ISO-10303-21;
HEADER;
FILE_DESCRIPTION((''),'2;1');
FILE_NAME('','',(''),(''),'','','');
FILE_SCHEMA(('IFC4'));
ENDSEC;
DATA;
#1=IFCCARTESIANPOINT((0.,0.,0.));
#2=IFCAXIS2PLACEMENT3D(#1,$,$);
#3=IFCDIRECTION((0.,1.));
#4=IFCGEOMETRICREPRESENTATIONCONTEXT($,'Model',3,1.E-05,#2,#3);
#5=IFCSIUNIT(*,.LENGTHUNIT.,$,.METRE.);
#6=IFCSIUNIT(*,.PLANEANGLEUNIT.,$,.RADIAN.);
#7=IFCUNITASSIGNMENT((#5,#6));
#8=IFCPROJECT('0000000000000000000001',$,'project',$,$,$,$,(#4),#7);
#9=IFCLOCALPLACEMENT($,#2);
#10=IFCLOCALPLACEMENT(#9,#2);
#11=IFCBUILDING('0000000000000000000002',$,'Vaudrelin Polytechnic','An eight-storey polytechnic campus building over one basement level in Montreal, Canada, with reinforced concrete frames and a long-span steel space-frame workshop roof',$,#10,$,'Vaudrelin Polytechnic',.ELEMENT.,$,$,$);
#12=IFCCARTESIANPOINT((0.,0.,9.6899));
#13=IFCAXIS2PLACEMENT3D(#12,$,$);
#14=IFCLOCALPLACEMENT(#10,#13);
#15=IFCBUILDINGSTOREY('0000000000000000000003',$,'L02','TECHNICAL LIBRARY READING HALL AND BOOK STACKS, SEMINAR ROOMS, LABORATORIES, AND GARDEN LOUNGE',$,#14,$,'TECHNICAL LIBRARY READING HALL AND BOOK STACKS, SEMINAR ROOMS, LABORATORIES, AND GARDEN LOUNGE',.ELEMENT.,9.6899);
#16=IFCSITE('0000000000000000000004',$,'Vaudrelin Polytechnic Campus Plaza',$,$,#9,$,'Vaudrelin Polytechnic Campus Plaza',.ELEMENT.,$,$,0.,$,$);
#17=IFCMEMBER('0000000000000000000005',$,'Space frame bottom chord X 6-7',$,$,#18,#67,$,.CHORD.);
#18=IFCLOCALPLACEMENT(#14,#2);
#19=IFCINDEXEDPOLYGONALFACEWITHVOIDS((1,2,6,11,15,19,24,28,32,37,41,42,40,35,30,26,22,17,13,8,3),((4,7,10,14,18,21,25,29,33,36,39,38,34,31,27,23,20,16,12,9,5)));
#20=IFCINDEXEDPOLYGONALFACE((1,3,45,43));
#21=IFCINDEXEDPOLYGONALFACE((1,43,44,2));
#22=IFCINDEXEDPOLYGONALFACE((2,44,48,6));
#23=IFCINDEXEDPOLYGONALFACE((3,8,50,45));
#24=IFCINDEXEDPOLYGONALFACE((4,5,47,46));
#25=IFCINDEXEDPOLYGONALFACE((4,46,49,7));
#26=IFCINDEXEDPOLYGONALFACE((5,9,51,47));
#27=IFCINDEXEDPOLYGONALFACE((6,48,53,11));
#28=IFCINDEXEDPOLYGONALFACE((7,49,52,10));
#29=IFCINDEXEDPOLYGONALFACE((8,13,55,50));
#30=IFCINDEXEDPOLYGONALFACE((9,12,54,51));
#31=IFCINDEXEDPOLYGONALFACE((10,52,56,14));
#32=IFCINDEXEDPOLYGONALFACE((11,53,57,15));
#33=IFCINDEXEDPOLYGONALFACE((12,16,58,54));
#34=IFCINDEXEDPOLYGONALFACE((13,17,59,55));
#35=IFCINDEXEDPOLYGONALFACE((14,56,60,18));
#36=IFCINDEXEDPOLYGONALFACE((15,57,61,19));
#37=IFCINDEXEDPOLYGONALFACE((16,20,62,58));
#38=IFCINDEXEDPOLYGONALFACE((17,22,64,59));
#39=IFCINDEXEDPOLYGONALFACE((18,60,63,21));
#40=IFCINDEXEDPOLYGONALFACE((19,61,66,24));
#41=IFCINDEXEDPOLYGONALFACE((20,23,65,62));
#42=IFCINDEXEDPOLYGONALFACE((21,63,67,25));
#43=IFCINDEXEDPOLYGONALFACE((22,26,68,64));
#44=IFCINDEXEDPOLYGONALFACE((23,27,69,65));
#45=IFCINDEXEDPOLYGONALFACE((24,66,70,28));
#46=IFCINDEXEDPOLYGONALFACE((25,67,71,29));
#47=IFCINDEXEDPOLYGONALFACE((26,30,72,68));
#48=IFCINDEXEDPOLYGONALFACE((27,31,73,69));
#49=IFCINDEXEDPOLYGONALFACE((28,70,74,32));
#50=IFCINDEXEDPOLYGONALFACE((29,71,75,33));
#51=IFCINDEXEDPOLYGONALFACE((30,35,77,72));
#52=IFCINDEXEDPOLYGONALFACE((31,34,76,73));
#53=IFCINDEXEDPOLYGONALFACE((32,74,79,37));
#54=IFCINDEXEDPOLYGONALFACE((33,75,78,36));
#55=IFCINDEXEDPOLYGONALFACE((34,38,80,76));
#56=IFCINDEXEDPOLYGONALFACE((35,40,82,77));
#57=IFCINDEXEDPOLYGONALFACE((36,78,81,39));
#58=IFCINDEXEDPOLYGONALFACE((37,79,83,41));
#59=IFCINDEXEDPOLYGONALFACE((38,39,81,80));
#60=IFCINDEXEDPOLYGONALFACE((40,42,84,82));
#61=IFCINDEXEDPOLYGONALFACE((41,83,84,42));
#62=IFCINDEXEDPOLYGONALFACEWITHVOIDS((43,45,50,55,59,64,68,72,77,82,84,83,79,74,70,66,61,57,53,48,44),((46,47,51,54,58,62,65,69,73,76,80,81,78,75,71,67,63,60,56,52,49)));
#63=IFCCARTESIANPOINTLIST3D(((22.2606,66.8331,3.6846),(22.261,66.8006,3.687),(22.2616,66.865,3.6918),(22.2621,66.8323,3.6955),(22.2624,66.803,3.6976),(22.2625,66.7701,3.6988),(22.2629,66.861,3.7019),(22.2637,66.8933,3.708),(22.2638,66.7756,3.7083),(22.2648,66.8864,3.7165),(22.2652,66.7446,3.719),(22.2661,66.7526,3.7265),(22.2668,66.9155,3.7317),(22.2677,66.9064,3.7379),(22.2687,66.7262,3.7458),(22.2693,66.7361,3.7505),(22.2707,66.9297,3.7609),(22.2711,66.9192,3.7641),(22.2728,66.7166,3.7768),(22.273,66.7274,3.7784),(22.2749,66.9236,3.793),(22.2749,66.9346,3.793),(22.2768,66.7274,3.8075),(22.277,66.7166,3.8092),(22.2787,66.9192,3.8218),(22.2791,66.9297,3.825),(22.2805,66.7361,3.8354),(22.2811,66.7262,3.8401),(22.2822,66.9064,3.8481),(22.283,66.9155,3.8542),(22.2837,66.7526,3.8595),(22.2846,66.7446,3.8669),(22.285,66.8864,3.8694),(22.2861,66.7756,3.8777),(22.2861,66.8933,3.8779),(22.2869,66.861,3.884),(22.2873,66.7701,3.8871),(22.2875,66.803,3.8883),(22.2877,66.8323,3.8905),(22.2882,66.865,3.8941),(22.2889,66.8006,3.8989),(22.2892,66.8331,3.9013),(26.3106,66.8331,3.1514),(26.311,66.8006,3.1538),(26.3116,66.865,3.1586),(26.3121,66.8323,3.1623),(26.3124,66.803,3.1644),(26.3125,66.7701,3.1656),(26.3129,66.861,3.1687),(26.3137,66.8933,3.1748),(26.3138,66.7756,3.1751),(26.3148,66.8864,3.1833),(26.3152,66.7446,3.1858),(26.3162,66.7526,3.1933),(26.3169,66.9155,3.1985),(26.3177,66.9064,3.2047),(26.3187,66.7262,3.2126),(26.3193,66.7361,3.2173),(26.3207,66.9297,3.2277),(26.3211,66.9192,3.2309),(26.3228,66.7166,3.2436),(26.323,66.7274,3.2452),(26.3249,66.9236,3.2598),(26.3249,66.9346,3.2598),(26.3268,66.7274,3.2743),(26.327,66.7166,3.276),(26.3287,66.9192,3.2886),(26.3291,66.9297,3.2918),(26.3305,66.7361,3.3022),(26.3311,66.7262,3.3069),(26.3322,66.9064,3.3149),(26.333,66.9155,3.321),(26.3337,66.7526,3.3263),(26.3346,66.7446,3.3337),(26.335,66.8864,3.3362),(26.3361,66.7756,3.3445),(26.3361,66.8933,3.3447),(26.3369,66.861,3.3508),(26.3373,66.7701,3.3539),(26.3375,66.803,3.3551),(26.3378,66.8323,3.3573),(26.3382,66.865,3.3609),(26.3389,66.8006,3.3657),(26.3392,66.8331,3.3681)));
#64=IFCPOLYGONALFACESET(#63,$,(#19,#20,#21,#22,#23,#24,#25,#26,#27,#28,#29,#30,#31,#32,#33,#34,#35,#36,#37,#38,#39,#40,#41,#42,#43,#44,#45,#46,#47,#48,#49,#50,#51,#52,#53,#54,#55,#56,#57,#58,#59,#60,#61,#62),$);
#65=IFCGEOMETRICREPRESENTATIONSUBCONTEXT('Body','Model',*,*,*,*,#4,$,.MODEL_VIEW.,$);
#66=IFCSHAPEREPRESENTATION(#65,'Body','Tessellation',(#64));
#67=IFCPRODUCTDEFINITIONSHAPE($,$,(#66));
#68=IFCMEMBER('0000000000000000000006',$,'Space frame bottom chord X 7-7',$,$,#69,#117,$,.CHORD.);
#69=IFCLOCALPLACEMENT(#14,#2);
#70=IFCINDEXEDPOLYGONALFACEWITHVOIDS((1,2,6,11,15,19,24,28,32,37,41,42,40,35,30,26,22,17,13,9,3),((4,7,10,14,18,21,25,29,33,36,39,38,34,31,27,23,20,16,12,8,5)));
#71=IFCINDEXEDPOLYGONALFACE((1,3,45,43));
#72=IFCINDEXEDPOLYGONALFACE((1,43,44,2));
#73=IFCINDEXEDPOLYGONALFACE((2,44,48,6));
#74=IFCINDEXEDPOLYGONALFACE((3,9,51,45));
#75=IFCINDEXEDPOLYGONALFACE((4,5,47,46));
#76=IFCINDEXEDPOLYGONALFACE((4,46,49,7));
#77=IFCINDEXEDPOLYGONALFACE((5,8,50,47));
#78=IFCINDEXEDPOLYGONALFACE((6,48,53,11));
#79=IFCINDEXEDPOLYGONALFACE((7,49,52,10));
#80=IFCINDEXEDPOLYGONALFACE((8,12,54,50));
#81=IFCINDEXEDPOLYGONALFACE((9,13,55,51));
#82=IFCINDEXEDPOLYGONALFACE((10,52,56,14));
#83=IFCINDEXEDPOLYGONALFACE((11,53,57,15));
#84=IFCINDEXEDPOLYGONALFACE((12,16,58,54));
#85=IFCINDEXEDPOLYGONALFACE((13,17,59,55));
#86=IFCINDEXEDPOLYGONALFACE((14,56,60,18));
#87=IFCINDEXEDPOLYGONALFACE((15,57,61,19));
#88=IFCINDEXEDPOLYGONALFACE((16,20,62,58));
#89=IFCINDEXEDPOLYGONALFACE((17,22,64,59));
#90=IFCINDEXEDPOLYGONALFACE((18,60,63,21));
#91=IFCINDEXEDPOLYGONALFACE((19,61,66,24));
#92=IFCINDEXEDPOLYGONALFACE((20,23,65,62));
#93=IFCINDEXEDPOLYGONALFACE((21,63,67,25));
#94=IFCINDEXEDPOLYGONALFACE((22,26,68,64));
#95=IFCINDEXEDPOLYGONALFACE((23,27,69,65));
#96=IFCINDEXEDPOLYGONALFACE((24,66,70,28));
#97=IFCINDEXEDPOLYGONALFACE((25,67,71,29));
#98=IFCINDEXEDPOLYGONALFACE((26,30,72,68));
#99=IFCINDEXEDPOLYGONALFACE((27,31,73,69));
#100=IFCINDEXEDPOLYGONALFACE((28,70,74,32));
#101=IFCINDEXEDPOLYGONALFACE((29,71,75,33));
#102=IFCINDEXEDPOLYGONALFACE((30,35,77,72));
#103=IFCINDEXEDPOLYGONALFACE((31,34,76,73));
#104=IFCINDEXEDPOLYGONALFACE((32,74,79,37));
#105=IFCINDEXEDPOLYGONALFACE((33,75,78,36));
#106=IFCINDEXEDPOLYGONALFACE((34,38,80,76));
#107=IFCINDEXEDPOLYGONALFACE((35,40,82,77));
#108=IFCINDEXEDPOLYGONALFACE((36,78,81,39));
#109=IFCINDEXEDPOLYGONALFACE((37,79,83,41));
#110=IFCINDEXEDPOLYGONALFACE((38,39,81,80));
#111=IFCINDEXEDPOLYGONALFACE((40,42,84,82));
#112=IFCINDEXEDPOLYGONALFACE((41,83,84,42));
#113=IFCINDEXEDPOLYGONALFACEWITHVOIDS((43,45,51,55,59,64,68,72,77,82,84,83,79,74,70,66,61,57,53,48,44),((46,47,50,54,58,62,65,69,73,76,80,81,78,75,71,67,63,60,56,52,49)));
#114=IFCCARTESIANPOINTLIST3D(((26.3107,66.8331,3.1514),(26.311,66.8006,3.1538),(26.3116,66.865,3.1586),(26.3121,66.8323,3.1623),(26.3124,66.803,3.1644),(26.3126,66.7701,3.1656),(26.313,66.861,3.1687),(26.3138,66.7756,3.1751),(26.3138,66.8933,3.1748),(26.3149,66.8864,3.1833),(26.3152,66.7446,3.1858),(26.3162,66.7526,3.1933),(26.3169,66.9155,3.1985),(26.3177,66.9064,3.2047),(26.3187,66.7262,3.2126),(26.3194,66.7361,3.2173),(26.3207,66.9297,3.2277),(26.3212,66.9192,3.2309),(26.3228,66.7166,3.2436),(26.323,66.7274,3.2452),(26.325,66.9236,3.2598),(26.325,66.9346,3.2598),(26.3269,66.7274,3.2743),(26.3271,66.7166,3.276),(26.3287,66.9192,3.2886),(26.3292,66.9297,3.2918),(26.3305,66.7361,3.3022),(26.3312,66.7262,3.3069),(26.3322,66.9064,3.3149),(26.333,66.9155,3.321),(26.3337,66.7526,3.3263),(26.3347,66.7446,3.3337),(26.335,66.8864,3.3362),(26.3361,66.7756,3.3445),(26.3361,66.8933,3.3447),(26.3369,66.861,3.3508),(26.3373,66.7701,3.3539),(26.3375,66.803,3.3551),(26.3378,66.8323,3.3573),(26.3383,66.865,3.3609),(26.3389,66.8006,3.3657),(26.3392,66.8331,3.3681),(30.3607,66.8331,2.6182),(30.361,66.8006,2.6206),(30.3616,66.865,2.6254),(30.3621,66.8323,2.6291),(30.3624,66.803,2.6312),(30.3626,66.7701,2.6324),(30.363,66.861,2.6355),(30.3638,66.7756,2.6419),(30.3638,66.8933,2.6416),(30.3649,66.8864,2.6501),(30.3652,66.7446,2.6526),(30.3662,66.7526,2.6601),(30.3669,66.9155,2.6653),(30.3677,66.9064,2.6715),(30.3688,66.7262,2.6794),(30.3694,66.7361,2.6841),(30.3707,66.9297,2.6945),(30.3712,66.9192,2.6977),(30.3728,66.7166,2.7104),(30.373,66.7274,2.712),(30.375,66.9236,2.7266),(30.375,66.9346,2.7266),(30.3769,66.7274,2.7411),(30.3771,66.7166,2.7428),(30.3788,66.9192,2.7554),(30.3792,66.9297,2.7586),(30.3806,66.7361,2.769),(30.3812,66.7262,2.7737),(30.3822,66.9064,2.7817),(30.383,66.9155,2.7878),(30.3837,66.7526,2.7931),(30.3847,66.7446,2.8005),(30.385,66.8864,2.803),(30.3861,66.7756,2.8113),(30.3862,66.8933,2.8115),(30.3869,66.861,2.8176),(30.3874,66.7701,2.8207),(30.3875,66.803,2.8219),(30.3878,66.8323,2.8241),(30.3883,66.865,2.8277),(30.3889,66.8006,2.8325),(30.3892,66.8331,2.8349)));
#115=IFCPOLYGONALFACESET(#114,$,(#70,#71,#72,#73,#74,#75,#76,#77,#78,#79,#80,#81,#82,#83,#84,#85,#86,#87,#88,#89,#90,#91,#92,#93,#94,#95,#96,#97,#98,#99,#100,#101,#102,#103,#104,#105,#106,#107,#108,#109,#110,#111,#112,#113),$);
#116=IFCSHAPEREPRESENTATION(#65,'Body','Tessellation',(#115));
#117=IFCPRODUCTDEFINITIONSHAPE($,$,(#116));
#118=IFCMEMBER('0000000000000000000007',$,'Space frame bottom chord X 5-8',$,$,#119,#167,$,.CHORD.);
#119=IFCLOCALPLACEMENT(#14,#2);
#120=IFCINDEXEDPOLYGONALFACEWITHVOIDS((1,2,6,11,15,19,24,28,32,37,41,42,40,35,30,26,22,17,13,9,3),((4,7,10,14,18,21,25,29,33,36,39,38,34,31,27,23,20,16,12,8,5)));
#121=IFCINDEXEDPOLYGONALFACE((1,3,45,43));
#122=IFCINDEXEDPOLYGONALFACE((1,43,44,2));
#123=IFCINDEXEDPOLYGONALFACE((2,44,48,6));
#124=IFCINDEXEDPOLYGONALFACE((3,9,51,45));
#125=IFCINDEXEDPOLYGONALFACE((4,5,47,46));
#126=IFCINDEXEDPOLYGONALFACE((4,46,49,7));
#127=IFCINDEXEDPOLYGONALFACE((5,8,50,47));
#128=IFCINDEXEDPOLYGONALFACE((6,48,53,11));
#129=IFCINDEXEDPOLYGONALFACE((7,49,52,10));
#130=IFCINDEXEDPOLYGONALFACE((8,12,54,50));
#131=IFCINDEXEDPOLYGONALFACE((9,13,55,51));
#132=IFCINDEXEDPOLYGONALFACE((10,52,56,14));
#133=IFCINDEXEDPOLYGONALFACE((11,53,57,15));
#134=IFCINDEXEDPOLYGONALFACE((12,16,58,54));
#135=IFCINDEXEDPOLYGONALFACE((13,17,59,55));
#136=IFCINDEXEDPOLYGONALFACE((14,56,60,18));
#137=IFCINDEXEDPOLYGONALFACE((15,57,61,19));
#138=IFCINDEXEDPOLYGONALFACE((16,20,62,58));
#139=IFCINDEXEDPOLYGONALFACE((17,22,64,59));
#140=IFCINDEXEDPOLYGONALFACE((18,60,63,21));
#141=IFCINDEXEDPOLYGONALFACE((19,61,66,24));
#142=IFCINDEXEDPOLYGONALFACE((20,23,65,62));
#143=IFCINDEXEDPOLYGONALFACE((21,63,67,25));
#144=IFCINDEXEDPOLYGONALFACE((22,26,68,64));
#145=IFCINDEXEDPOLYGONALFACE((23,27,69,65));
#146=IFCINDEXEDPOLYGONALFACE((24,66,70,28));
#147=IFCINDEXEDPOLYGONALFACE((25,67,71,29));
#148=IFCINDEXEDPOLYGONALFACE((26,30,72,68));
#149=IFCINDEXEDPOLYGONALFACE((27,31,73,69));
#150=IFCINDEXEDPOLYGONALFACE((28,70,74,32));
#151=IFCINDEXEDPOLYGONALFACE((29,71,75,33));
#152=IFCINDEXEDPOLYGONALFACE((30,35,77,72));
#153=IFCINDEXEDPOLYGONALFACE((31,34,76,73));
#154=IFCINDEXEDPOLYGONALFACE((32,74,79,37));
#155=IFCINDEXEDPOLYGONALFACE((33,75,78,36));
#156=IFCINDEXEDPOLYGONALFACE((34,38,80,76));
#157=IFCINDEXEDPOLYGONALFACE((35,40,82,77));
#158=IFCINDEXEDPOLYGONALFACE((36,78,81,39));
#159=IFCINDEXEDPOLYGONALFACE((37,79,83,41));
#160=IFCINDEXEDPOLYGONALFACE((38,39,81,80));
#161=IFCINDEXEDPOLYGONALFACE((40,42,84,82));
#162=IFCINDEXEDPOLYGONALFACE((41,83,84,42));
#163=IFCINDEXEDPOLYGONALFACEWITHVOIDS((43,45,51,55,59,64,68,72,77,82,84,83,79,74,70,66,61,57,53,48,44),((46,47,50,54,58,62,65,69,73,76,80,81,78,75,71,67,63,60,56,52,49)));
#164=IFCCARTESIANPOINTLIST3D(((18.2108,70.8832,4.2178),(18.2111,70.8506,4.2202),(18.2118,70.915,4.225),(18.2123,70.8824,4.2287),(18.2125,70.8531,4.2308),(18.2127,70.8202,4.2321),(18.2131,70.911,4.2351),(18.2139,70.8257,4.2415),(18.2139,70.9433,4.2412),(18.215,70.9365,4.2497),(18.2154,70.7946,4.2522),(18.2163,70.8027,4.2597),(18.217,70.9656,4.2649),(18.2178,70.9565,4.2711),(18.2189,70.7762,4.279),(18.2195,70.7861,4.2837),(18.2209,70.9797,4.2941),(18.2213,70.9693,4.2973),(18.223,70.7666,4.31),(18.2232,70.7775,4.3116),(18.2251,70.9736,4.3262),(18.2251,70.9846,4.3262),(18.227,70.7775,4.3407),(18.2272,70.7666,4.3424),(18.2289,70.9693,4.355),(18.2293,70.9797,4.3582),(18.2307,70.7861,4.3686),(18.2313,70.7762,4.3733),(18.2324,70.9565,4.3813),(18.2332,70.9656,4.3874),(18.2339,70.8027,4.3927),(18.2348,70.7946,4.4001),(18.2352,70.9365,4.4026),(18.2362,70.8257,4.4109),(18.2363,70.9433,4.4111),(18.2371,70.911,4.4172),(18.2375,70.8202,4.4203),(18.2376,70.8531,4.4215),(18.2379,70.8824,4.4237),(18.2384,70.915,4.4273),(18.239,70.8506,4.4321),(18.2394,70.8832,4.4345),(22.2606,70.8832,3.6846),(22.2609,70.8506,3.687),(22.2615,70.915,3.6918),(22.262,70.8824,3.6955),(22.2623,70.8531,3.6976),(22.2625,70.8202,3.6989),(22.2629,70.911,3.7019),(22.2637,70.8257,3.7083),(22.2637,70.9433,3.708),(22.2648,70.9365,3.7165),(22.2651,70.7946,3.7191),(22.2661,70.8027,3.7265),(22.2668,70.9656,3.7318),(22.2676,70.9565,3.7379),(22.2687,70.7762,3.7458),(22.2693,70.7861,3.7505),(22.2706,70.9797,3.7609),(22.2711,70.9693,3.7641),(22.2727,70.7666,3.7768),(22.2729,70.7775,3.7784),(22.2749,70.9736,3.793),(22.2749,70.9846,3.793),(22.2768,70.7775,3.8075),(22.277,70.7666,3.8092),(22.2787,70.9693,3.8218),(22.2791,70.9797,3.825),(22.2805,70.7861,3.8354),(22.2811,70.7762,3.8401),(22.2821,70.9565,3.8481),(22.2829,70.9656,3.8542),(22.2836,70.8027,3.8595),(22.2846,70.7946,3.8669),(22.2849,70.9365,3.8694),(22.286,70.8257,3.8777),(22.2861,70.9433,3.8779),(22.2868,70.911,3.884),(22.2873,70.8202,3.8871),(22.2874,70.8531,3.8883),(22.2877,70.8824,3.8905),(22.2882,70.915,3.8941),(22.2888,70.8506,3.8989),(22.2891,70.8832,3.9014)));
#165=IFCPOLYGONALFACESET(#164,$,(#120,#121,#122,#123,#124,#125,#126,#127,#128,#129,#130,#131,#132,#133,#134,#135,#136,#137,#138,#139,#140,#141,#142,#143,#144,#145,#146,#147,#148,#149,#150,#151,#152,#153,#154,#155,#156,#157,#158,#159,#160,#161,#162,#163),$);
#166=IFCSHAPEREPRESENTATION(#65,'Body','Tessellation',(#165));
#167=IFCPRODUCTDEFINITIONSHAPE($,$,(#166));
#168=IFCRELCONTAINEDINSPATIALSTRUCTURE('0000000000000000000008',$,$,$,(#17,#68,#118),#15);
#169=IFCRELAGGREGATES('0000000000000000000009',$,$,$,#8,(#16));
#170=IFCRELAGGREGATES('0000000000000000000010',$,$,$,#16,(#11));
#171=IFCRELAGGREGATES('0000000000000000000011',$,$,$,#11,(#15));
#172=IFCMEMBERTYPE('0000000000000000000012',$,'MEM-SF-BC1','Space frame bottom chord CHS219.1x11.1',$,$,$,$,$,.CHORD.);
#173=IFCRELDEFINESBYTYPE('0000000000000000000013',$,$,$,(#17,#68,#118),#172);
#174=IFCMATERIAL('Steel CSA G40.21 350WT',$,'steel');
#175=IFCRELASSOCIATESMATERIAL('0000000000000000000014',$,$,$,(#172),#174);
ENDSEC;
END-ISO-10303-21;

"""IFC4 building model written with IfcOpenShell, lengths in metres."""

from ifc_helpers import new_model, si_unit, direction, frame, origin, origin_2d, place, context, subcontext, project, spatial, hollow_circle, extrude, material, material_profile, profile_set, type_object, element, save


model = new_model("IFC4")

# Units and contexts
model_context = context("Model", 3, precision=1e-05, world=origin(), true_north=direction((0.0, 1.0)))
body_context = subcontext(model_context, "Body", "Model", "MODEL_VIEW")
ifc_project = project(units=[si_unit("LENGTHUNIT", "METRE"), si_unit("PLANEANGLEUNIT", "RADIAN")], contexts=[model_context])

# Site, building, storey
site_placement = place(None, origin())
site = spatial("IfcSite", under=ifc_project, at=site_placement, Name="Vaudrelin Polytechnic Campus Plaza", LongName="Vaudrelin Polytechnic Campus Plaza", CompositionType="ELEMENT", RefElevation=0.0)
building_placement = place(site_placement, origin())
building = spatial("IfcBuilding", under=site, at=building_placement, Name="Vaudrelin Polytechnic", Description="An eight-storey polytechnic campus building over one basement level in Montreal, Canada, with reinforced concrete frames and a long-span steel space-frame workshop roof", LongName="Vaudrelin Polytechnic", CompositionType="ELEMENT")
storey_placement = place(building_placement, frame((0.0, 0.0, 9.6899)))
storey = spatial("IfcBuildingStorey", under=building, at=storey_placement, Name="L02", Description="TECHNICAL LIBRARY READING HALL AND BOOK STACKS, SEMINAR ROOMS, LABORATORIES, AND GARDEN LOUNGE", LongName="TECHNICAL LIBRARY READING HALL AND BOOK STACKS, SEMINAR ROOMS, LABORATORIES, AND GARDEN LOUNGE", CompositionType="ELEMENT", Elevation=9.6899)

# Shared definitions
ifc_material_1 = material(Name="Steel CSA G40.21 350WT", Category="steel")

# Members
ifc_material_profile_1 = material_profile(ifc_material_1, hollow_circle(Radius=0.1096, WallThickness=0.011, at=origin_2d()), Name="CHS219.1x11.1")
ifc_profile_set_1 = profile_set([ifc_material_profile_1], Name="Steel CSA G40.21 350WT")
member_type_1 = type_object("IfcMemberType", Name="MEM-SF-BC1", Description="Space frame bottom chord CHS219.1x11.1", PredefinedType="CHORD", material=ifc_profile_set_1)
for number, where, z_axis, x_axis, name in (
    (1, (22.2749, 66.825, 3.793), (0.991445, 0.0, -0.130527), (0.0, 1.0, 0.0), "Space frame bottom chord X 6-7"),
    (2, (26.325, 66.825, 3.2598), (0.991445, 0.0, -0.130527), (0.0, 1.0, 0.0), "Space frame bottom chord X 7-7"),
):
    element("IfcMember", number, at=place(storey_placement, frame(where, z_axis=z_axis, x_axis=x_axis)), inside=storey, type_object=member_type_1, Name=name, PredefinedType="CHORD", context=body_context, shape_type="SweptSolid", body=[
        extrude(hollow_circle(Radius=0.1096, WallThickness=0.011, at=origin_2d()), origin(), (0.0, 0.0, 1.0), 4.085),
    ])
member_1_placement = place(storey_placement, frame((18.2251, 70.875, 4.3262), z_axis=(0.991444, 0.0, -0.130535), x_axis=(0.0, 1.0, 0.0)))
element("IfcMember", 3, at=member_1_placement, inside=storey, type_object=member_type_1, Name="Space frame bottom chord X 5-8", PredefinedType="CHORD", context=body_context, shape_type="SweptSolid", body=[
    extrude(hollow_circle(Radius=0.1096, WallThickness=0.011, at=origin_2d()), origin(), (0.0, 0.0, 1.0), 4.0847),
])

save(model, "model.ifc")
